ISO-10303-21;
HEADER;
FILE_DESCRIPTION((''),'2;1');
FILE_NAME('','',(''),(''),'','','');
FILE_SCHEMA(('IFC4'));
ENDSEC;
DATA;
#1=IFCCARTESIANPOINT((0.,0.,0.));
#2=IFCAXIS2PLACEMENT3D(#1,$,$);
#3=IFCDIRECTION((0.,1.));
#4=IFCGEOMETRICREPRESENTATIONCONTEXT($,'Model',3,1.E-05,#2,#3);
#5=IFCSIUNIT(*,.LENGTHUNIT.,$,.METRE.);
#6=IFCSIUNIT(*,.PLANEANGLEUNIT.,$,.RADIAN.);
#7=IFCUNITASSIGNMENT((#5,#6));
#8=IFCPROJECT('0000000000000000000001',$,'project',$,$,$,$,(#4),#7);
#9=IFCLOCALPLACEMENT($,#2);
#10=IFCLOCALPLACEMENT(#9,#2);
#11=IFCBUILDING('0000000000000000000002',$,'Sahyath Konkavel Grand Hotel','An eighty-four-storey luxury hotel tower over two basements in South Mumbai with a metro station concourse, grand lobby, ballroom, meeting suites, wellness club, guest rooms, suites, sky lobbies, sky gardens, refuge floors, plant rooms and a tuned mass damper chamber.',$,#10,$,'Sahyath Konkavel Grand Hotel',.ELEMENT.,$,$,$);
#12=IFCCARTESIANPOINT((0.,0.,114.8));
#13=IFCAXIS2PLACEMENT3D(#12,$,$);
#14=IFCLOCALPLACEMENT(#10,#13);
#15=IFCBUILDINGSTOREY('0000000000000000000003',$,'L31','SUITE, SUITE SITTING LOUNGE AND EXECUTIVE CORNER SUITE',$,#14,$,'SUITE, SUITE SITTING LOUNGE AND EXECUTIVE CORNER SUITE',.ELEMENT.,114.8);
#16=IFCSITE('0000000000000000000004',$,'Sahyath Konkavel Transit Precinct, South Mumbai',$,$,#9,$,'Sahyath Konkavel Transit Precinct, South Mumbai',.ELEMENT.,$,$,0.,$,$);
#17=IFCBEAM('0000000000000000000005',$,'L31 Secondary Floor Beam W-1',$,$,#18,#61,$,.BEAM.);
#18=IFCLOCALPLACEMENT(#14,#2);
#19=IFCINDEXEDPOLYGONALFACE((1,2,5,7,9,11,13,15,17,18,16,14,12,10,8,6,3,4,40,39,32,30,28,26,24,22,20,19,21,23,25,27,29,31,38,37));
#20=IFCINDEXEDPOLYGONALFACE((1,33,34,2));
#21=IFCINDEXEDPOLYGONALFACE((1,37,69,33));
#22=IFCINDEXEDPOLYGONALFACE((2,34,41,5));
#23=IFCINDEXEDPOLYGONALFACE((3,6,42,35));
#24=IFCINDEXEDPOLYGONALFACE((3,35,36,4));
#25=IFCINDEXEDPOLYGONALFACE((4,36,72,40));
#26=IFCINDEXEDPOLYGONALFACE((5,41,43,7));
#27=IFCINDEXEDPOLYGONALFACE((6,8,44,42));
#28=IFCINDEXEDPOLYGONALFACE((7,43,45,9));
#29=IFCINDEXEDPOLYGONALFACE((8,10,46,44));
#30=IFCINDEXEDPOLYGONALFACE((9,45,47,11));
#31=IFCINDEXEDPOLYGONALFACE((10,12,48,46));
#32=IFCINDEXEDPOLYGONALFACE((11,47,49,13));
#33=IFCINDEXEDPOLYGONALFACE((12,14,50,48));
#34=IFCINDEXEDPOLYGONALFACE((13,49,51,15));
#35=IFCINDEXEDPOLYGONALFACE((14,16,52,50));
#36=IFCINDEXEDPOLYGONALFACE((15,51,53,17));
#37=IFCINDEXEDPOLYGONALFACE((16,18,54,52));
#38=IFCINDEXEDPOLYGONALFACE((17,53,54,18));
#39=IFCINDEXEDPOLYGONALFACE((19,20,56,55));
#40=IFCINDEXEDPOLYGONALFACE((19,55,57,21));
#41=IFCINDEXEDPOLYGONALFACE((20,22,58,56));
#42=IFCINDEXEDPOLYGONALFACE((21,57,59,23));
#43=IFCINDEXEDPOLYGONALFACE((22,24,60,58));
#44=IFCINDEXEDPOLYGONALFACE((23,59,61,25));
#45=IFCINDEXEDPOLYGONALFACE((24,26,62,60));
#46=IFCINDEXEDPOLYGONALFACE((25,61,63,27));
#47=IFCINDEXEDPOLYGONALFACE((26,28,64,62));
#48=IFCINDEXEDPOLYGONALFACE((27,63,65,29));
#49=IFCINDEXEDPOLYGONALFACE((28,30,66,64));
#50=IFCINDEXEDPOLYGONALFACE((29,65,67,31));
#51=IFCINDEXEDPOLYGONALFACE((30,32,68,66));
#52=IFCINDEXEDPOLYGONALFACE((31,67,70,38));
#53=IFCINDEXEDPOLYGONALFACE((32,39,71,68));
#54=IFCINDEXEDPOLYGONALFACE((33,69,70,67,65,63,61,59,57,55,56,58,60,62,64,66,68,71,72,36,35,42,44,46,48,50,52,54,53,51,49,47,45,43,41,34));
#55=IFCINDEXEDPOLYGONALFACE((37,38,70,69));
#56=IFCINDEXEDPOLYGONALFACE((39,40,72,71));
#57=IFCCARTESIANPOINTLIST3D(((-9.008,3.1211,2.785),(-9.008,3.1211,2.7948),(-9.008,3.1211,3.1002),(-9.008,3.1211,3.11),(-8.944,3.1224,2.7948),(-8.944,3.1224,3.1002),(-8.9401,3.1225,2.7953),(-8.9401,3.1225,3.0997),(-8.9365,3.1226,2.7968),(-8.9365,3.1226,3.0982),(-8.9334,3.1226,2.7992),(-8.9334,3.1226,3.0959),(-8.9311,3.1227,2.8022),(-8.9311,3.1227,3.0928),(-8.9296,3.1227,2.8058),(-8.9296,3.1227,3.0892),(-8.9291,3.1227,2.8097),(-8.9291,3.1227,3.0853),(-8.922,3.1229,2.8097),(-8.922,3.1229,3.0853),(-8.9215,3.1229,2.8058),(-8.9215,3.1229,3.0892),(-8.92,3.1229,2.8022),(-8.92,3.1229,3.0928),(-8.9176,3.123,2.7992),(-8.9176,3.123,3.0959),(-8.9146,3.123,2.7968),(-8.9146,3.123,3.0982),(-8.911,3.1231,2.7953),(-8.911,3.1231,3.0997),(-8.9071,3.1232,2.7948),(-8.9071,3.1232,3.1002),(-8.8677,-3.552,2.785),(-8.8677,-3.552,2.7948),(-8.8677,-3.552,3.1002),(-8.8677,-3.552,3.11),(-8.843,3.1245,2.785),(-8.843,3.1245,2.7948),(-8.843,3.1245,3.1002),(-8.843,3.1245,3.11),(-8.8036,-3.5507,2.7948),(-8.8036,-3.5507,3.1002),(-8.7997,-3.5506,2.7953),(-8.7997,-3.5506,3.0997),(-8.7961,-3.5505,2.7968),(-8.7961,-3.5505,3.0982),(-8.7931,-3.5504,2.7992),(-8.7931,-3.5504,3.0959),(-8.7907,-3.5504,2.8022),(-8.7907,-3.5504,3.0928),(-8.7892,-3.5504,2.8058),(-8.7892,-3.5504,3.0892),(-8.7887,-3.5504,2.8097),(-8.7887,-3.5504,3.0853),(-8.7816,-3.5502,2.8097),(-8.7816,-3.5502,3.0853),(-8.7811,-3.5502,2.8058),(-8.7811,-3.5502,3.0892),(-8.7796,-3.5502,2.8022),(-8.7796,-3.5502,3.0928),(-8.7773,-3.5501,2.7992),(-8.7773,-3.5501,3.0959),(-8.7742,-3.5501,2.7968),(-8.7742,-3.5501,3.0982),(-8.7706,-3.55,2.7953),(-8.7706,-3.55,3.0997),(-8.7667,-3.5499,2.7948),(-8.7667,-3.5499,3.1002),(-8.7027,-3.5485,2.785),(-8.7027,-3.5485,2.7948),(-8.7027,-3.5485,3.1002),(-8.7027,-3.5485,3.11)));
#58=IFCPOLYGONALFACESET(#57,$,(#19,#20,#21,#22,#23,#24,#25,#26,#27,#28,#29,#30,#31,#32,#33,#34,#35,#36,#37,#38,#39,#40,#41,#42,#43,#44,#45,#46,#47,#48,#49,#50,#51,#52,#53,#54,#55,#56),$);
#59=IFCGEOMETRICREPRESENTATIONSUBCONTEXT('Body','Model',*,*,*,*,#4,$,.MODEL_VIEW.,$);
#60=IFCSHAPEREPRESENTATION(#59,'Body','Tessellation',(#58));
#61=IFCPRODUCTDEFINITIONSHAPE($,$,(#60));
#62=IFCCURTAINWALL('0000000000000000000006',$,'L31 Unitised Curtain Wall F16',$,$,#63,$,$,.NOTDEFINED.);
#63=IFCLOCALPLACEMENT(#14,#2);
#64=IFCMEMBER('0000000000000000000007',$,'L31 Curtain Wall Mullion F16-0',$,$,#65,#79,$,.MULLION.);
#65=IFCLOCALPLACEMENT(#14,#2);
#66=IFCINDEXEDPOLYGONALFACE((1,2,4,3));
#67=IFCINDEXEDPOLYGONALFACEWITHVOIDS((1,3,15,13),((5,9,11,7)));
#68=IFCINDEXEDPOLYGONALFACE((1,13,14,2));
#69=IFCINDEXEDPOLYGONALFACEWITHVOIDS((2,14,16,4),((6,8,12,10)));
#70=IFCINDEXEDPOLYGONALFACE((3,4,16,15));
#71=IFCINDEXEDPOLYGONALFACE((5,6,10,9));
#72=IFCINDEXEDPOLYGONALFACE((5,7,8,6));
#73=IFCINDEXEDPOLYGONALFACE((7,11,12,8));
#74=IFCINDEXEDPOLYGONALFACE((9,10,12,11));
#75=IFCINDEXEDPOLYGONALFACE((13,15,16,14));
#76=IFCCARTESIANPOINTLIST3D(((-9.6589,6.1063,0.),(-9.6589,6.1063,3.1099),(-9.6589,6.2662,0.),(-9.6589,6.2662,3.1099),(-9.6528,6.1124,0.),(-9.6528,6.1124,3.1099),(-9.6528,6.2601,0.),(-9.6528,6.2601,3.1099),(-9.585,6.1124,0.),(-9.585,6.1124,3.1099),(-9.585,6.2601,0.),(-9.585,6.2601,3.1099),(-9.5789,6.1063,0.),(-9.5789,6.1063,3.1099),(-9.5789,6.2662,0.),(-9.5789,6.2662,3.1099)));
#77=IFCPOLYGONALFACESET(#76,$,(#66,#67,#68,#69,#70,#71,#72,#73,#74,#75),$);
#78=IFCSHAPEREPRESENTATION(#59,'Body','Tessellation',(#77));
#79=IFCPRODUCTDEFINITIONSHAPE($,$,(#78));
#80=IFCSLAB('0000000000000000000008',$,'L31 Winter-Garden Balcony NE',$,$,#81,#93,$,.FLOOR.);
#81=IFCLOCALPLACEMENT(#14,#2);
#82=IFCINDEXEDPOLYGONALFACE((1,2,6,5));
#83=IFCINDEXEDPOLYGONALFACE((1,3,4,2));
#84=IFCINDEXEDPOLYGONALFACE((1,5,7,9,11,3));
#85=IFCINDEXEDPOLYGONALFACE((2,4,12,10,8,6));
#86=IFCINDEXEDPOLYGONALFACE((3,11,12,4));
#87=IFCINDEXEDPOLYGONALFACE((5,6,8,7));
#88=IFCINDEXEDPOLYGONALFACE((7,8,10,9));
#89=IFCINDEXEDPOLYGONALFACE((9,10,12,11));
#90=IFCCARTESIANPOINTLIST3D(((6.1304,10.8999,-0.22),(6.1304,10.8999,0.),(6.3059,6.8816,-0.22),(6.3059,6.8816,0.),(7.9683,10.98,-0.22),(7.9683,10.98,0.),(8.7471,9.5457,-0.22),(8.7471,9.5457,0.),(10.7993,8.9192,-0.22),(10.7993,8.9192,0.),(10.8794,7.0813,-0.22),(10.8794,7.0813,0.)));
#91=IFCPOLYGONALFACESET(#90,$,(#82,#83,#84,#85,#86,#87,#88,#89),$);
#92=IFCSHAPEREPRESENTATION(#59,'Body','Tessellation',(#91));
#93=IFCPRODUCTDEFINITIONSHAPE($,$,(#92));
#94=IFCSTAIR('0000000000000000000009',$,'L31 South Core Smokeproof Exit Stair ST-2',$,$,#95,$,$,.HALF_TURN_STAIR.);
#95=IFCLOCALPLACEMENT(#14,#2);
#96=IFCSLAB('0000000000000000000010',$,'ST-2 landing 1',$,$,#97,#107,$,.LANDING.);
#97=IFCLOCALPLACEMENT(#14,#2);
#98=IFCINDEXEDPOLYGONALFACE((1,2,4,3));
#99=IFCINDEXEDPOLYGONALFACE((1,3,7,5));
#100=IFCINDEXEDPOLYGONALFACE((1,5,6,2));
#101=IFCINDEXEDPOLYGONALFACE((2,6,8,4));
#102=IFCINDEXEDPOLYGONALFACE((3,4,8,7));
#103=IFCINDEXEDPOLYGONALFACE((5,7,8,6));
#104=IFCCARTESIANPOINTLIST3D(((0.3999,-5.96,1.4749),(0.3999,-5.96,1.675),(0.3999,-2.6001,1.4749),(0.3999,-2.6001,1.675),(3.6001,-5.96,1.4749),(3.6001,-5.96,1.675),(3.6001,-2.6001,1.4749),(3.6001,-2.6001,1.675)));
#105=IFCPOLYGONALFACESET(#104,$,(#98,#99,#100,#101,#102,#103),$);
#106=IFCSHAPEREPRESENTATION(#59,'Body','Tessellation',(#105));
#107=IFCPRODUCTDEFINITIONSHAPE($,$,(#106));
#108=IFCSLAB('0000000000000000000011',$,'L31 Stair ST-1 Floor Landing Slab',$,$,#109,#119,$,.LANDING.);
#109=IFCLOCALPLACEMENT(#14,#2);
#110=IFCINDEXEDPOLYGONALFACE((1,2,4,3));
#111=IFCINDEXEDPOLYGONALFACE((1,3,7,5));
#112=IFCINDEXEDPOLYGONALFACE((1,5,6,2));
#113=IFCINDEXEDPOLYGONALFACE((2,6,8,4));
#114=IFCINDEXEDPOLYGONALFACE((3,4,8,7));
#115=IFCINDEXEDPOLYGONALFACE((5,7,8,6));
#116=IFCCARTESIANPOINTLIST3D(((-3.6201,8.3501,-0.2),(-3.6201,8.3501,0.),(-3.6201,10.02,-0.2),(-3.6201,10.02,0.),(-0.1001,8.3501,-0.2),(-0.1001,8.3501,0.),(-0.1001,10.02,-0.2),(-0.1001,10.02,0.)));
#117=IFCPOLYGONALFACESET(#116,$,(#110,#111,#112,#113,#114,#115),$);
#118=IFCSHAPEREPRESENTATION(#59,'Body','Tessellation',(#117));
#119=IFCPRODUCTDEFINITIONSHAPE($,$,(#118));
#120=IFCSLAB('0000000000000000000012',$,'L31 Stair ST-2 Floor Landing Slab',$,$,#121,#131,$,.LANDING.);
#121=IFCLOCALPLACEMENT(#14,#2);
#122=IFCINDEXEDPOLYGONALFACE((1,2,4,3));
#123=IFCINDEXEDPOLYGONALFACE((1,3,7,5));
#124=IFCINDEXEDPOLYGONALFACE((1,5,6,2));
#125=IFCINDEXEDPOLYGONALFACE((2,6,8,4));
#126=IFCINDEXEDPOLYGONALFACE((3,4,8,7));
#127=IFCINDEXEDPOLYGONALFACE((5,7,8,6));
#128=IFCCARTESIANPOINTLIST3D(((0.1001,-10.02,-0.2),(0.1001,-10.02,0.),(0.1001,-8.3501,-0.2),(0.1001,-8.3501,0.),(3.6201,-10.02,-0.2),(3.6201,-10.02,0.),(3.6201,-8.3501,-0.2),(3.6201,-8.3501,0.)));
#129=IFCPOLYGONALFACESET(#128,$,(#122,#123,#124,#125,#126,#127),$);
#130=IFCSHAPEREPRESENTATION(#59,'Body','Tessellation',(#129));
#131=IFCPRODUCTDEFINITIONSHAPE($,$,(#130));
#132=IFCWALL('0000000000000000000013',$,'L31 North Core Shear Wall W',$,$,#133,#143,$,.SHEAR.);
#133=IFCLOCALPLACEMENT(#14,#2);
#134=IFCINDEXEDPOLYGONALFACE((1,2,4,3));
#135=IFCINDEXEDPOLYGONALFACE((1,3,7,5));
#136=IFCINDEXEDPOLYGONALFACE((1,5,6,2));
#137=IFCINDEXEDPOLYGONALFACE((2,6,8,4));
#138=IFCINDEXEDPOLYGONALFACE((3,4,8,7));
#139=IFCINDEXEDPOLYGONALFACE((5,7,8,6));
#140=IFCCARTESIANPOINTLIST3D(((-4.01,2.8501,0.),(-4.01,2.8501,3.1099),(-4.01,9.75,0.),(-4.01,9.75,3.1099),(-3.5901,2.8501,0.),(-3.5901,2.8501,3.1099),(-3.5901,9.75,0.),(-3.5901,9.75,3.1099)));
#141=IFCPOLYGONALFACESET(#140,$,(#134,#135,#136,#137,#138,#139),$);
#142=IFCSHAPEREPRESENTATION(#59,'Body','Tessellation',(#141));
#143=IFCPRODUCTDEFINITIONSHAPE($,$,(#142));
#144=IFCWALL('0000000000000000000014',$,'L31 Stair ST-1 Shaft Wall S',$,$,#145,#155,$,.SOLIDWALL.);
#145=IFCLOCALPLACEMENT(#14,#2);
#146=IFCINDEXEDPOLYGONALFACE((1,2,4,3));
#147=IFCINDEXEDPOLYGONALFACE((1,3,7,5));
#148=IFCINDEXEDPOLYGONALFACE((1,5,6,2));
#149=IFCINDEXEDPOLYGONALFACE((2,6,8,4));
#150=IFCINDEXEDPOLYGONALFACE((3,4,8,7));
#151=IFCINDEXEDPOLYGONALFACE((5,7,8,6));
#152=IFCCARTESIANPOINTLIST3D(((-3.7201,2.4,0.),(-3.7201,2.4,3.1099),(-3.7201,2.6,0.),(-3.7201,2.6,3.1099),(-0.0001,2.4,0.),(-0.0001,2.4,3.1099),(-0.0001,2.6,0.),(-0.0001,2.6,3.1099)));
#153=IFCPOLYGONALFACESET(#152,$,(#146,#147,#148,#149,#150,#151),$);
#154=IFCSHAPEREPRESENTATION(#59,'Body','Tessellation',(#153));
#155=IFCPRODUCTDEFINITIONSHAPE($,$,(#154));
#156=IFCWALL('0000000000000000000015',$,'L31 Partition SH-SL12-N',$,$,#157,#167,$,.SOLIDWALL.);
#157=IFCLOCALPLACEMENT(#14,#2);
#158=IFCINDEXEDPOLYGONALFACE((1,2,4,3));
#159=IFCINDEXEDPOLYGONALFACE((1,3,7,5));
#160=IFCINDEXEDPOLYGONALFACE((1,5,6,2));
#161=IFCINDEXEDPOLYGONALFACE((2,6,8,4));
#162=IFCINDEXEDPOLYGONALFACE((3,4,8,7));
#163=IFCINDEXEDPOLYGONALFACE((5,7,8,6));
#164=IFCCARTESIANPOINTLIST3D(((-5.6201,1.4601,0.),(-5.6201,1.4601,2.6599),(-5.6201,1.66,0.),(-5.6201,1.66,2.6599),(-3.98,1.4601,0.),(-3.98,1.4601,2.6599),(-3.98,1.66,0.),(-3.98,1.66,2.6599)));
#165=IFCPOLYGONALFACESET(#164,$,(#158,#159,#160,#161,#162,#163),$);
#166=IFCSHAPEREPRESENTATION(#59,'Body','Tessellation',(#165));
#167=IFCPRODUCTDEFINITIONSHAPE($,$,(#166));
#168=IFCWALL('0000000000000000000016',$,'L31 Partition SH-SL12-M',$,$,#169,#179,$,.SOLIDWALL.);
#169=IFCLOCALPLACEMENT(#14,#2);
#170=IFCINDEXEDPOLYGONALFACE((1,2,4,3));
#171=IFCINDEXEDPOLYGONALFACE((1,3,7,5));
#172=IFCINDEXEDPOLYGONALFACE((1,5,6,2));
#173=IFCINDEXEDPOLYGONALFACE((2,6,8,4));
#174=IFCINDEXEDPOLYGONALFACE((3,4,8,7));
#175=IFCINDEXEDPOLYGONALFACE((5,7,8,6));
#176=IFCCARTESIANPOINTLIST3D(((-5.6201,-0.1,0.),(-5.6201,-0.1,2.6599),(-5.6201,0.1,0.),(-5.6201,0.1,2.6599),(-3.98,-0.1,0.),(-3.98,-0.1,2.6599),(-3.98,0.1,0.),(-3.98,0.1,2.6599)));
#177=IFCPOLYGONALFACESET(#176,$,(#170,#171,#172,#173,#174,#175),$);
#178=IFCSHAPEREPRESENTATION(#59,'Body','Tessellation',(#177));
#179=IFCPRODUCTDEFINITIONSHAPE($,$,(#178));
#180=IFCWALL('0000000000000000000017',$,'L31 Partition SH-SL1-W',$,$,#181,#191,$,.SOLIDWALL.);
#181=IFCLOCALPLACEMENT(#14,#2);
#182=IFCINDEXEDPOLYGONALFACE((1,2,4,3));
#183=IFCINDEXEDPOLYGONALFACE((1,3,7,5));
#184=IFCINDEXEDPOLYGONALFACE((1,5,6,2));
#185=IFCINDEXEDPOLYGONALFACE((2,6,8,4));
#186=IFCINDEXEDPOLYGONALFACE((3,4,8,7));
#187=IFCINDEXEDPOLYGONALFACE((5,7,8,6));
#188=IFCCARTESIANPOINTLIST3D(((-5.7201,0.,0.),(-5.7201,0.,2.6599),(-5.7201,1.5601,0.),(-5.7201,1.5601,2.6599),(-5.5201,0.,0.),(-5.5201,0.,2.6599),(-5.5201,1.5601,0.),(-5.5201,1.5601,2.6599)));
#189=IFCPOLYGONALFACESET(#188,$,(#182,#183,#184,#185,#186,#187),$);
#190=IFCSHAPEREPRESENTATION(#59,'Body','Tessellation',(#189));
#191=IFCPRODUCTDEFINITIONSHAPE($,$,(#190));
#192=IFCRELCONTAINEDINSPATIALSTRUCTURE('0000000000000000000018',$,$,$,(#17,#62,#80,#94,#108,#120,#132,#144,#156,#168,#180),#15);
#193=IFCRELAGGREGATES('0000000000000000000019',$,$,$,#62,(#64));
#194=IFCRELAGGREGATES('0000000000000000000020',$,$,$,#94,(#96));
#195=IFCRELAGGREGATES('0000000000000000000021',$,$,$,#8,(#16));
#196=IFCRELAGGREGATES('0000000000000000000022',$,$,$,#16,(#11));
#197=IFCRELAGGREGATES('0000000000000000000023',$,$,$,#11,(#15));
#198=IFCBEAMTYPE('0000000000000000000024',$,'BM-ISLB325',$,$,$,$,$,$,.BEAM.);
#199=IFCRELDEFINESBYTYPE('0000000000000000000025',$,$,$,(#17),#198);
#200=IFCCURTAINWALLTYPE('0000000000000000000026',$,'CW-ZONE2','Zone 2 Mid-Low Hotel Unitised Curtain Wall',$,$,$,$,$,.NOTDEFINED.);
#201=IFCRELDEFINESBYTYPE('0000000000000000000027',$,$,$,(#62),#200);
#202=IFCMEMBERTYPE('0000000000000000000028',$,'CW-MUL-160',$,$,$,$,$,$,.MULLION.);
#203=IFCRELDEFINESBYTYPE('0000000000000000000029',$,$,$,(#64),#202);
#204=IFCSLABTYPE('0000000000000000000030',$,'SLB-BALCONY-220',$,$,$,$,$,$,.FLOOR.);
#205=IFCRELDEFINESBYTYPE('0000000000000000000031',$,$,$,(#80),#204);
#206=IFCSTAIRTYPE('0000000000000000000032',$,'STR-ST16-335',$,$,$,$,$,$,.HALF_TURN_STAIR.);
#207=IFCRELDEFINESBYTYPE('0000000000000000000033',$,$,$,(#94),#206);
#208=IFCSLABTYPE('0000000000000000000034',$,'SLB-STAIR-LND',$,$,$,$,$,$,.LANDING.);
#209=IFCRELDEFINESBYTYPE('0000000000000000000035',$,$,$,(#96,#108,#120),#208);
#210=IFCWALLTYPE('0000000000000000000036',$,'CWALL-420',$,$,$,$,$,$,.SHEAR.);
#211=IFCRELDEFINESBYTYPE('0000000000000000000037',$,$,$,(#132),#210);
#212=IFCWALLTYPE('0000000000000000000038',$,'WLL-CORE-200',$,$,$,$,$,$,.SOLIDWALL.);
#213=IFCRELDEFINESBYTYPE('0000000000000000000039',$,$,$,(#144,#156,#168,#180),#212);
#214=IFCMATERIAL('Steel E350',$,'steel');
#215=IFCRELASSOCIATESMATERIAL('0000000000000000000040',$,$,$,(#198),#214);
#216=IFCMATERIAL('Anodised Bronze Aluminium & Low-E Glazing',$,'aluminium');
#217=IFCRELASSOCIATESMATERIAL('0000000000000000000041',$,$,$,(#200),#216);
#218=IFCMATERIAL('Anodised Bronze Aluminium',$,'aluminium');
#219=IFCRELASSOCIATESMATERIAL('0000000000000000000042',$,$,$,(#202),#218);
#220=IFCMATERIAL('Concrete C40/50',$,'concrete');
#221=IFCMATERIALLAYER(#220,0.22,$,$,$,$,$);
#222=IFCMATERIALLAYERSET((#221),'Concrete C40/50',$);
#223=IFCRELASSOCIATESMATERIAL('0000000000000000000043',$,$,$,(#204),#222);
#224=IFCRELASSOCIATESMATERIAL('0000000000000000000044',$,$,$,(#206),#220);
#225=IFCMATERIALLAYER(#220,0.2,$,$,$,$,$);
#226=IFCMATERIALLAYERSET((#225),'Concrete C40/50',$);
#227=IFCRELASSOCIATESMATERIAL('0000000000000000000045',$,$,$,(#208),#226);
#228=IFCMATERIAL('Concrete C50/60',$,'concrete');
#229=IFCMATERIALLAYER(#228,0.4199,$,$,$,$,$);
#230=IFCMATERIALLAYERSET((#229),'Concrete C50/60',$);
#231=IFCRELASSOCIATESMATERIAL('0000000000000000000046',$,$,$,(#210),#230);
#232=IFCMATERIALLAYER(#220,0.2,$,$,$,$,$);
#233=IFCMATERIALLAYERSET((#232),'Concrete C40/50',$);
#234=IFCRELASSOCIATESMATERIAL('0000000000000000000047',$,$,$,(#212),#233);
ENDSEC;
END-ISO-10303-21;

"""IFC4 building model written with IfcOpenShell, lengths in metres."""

from ifc_helpers import new_model, si_unit, direction, frame, frame_2d, origin, origin_2d, place, context, subcontext, project, spatial, polyline, rectangle, hollow_rectangle, i_section, outline, extrude, source, transform, mapped, material, layer, layer_set, material_profile, profile_set, type_object, element, aggregate, save


model = new_model("IFC4")

# Units and contexts
model_context = context("Model", 3, precision=1e-05, world=origin(), true_north=direction((0.0, 1.0)))
body_context = subcontext(model_context, "Body", "Model", "MODEL_VIEW")
ifc_project = project(units=[si_unit("LENGTHUNIT", "METRE"), si_unit("PLANEANGLEUNIT", "RADIAN")], contexts=[model_context])

# Site, building, storey
site_placement = place(None, origin())
site = spatial("IfcSite", under=ifc_project, at=site_placement, Name="Sahyath Konkavel Transit Precinct, South Mumbai", LongName="Sahyath Konkavel Transit Precinct, South Mumbai", CompositionType="ELEMENT", RefElevation=0.0)
building_placement = place(site_placement, origin())
building = spatial("IfcBuilding", under=site, at=building_placement, Name="Sahyath Konkavel Grand Hotel", Description="An eighty-four-storey luxury hotel tower over two basements in South Mumbai with a metro station concourse, grand lobby, ballroom, meeting suites, wellness club, guest rooms, suites, sky lobbies, sky gardens, refuge floors, plant rooms and a tuned mass damper chamber.", LongName="Sahyath Konkavel Grand Hotel", CompositionType="ELEMENT")
storey_placement = place(building_placement, frame((0.0, 0.0, 114.8)))
storey = spatial("IfcBuildingStorey", under=building, at=storey_placement, Name="L31", Description="SUITE, SUITE SITTING LOUNGE AND EXECUTIVE CORNER SUITE", LongName="SUITE, SUITE SITTING LOUNGE AND EXECUTIVE CORNER SUITE", CompositionType="ELEMENT", Elevation=114.8)

# Shared definitions
ifc_material_1 = material(Name="Concrete C50/60", Category="concrete")

# Beam
ifc_material_2 = material(Name="Steel E350", Category="steel")
ifc_material_profile_1 = material_profile(ifc_material_2, i_section(OverallWidth=0.165, OverallDepth=0.325, WebThickness=0.0071, FlangeThickness=0.0098, FilletRadius=0.0149, at=origin_2d()), Name="ISLB 325")
ifc_profile_set_1 = profile_set([ifc_material_profile_1], Name="Steel E350")
beam_type_1 = type_object("IfcBeamType", Name="BM-ISLB325", PredefinedType="BEAM", material=ifc_profile_set_1)
shared_shape_1 = source(origin(), body_context, "Body", "SweptSolid", [
    extrude(i_section(OverallWidth=0.165, OverallDepth=0.325, WebThickness=0.0071, FlangeThickness=0.0098, FilletRadius=0.0149, at=origin_2d()), origin(), (0.0, 0.0, 1.0), 6.6746),
])
beam_1_placement = place(storey_placement, frame((-8.9255, 3.1228, 2.9475), z_axis=(0.021032, -0.999779, 0.0), x_axis=(0.999779, 0.021032, 0.0)))
element("IfcBeam", 1, at=beam_1_placement, inside=storey, type_object=beam_type_1, Name="L31 Secondary Floor Beam W-1", PredefinedType="BEAM", context=body_context, shape_type="MappedRepresentation", body=[
    mapped(shared_shape_1, transform((0.0, 0.0, 0.0), scale=1.0)),
])

# Curtain wall, member
ifc_material_3 = material(Name="Anodised Bronze Aluminium & Low-E Glazing", Category="aluminium")
curtain_wall_type = type_object("IfcCurtainWallType", Name="CW-ZONE2", Description="Zone 2 Mid-Low Hotel Unitised Curtain Wall", PredefinedType="NOTDEFINED", material=ifc_material_3)
curtain_wall_placement = place(storey_placement, origin())
curtain_wall = element("IfcCurtainWall", 2, at=curtain_wall_placement, inside=storey, type_object=curtain_wall_type, Name="L31 Unitised Curtain Wall F16", PredefinedType="NOTDEFINED")
ifc_material_4 = material(Name="Anodised Bronze Aluminium", Category="aluminium")
ifc_material_profile_2 = material_profile(ifc_material_4, hollow_rectangle(XDim=0.0801, YDim=0.1599, WallThickness=0.0061, at=origin_2d()), Name="RHS 160x80x6")
ifc_profile_set_2 = profile_set([ifc_material_profile_2], Name="Anodised Bronze Aluminium")
member_type = type_object("IfcMemberType", Name="CW-MUL-160", PredefinedType="MULLION", material=ifc_profile_set_2)
shared_shape_2 = source(origin(), body_context, "Body", "SweptSolid", [
    extrude(hollow_rectangle(XDim=0.0801, YDim=0.1599, WallThickness=0.0061, at=origin_2d()), origin(), (0.0, 0.0, 1.0), 3.1099),
])
member_placement = place(storey_placement, frame((-9.6189, 6.1863, 0.0), z_axis=(0.0, 0.0, 1.0), x_axis=(1.0, 0.0, 0.0)))
member = element("IfcMember", 3, at=member_placement, type_object=member_type, Name="L31 Curtain Wall Mullion F16-0", PredefinedType="MULLION", context=body_context, shape_type="MappedRepresentation", body=[
    mapped(shared_shape_2, transform((0.0, 0.0, 0.0), scale=1.0)),
])
aggregate(curtain_wall, [member])

# Slab
ifc_material_5 = material(Name="Concrete C40/50", Category="concrete")
ifc_layer_1 = layer(ifc_material_5, 0.22)
ifc_layer_set_1 = layer_set([ifc_layer_1], Name="Concrete C40/50")
slab_type_1 = type_object("IfcSlabType", Name="SLB-BALCONY-220", PredefinedType="FLOOR", material=ifc_layer_set_1)
slab_1_placement = place(storey_placement, frame((0.0, 0.0, -0.22)))
element("IfcSlab", 4, at=slab_1_placement, inside=storey, type_object=slab_type_1, Name="L31 Winter-Garden Balcony NE", PredefinedType="FLOOR", context=body_context, shape_type="SweptSolid", body=[
    extrude(outline(polyline([(6.3059, 6.8816), (10.8794, 7.0813), (10.7993, 8.9192), (8.7471, 9.5457), (7.9683, 10.98), (6.1304, 10.8999), (6.3059, 6.8816)])), origin(), (0.0, 0.0, 1.0), 0.22),
])

# Stair, slab
stair_type = type_object("IfcStairType", Name="STR-ST16-335", PredefinedType="HALF_TURN_STAIR", material=ifc_material_5)
stair_1_placement = place(storey_placement, origin())
stair_1 = element("IfcStair", 5, at=stair_1_placement, inside=storey, type_object=stair_type, Name="L31 South Core Smokeproof Exit Stair ST-2", PredefinedType="HALF_TURN_STAIR")
ifc_layer_2 = layer(ifc_material_5, 0.2)
ifc_layer_set_2 = layer_set([ifc_layer_2], Name="Concrete C40/50")
slab_type_2 = type_object("IfcSlabType", Name="SLB-STAIR-LND", PredefinedType="LANDING", material=ifc_layer_set_2)
slab_2_placement = place(storey_placement, frame((0.0, 0.0, 1.4749)))
slab_2 = element("IfcSlab", 6, at=slab_2_placement, type_object=slab_type_2, Name="ST-2 landing 1", PredefinedType="LANDING", context=body_context, shape_type="SweptSolid", body=[
    extrude(outline(polyline([(3.6001, -5.96), (3.6001, -2.6001), (0.3999, -2.6001), (0.3999, -5.96), (3.6001, -5.96)])), origin(), (0.0, 0.0, 1.0), 0.2002),
])
aggregate(stair_1, [slab_2])

# Slabs
slab_3_placement = place(storey_placement, frame((0.0, 0.0, -0.2)))
element("IfcSlab", 7, at=slab_3_placement, inside=storey, type_object=slab_type_2, Name="L31 Stair ST-1 Floor Landing Slab", PredefinedType="LANDING", context=body_context, shape_type="SweptSolid", body=[
    extrude(outline(polyline([(-3.6201, 8.3501), (-0.1001, 8.3501), (-0.1001, 10.02), (-3.6201, 10.02), (-3.6201, 8.3501)])), origin(), (0.0, 0.0, 1.0), 0.2),
])
slab_4_placement = place(storey_placement, frame((0.0, 0.0, -0.2)))
element("IfcSlab", 8, at=slab_4_placement, inside=storey, type_object=slab_type_2, Name="L31 Stair ST-2 Floor Landing Slab", PredefinedType="LANDING", context=body_context, shape_type="SweptSolid", body=[
    extrude(outline(polyline([(0.1001, -10.02), (3.6201, -10.02), (3.6201, -8.3501), (0.1001, -8.3501), (0.1001, -10.02)])), origin(), (0.0, 0.0, 1.0), 0.2),
])

# Walls
ifc_layer_3 = layer(ifc_material_1, 0.4199)
ifc_layer_set_3 = layer_set([ifc_layer_3], Name="Concrete C50/60")
wall_type_1 = type_object("IfcWallType", Name="CWALL-420", PredefinedType="SHEAR", material=ifc_layer_set_3)
wall_1_placement = place(storey_placement, frame((-3.8, 2.8501, 0.0), z_axis=(0.0, 0.0, 1.0), x_axis=(0.0, 1.0, 0.0)))
element("IfcWall", 9, at=wall_1_placement, inside=storey, type_object=wall_type_1, Name="L31 North Core Shear Wall W", PredefinedType="SHEAR", context=body_context, shape_type="SweptSolid", body=[
    extrude(rectangle(XDim=6.8999, YDim=0.4199, at=frame_2d((3.45, 0.0))), origin(), (0.0, 0.0, 1.0), 3.1099),
])
ifc_layer_4 = layer(ifc_material_5, 0.2)
ifc_layer_set_4 = layer_set([ifc_layer_4], Name="Concrete C40/50")
wall_type_2 = type_object("IfcWallType", Name="WLL-CORE-200", PredefinedType="SOLIDWALL", material=ifc_layer_set_4)
wall_2_placement = place(storey_placement, frame((-3.72, 2.5, 0.0), z_axis=(0.0, 0.0, 1.0), x_axis=(1.0, 0.0, 0.0)))
element("IfcWall", 10, at=wall_2_placement, inside=storey, type_object=wall_type_2, Name="L31 Stair ST-1 Shaft Wall S", PredefinedType="SOLIDWALL", context=body_context, shape_type="SweptSolid", body=[
    extrude(rectangle(XDim=3.72, YDim=0.2, at=frame_2d((1.8599, 0.0))), origin(), (0.0, 0.0, 1.0), 3.1099),
])
for number, where, z_axis, x_axis, name in (
    (11, (-5.6201, 1.5601, 0.0), (0.0, 0.0, 1.0), (1.0, 0.0, 0.0), "L31 Partition SH-SL12-N"),
    (12, (-5.6201, 0.0, 0.0), (0.0, 0.0, 1.0), (1.0, 0.0, 0.0), "L31 Partition SH-SL12-M"),
):
    element("IfcWall", number, at=place(storey_placement, frame(where, z_axis=z_axis, x_axis=x_axis)), inside=storey, type_object=wall_type_2, Name=name, PredefinedType="SOLIDWALL", context=body_context, shape_type="SweptSolid", body=[
        extrude(rectangle(XDim=1.6401, YDim=0.2, at=frame_2d((0.8201, 0.0))), origin(), (0.0, 0.0, 1.0), 2.6599),
    ])
wall_3_placement = place(storey_placement, frame((-5.6201, 0.0, 0.0), z_axis=(0.0, 0.0, 1.0), x_axis=(0.0, 1.0, 0.0)))
element("IfcWall", 13, at=wall_3_placement, inside=storey, type_object=wall_type_2, Name="L31 Partition SH-SL1-W", PredefinedType="SOLIDWALL", context=body_context, shape_type="SweptSolid", body=[
    extrude(rectangle(XDim=1.5601, YDim=0.2, at=frame_2d((0.78, 0.0))), origin(), (0.0, 0.0, 1.0), 2.6599),
])

save(model, "model.ifc")
